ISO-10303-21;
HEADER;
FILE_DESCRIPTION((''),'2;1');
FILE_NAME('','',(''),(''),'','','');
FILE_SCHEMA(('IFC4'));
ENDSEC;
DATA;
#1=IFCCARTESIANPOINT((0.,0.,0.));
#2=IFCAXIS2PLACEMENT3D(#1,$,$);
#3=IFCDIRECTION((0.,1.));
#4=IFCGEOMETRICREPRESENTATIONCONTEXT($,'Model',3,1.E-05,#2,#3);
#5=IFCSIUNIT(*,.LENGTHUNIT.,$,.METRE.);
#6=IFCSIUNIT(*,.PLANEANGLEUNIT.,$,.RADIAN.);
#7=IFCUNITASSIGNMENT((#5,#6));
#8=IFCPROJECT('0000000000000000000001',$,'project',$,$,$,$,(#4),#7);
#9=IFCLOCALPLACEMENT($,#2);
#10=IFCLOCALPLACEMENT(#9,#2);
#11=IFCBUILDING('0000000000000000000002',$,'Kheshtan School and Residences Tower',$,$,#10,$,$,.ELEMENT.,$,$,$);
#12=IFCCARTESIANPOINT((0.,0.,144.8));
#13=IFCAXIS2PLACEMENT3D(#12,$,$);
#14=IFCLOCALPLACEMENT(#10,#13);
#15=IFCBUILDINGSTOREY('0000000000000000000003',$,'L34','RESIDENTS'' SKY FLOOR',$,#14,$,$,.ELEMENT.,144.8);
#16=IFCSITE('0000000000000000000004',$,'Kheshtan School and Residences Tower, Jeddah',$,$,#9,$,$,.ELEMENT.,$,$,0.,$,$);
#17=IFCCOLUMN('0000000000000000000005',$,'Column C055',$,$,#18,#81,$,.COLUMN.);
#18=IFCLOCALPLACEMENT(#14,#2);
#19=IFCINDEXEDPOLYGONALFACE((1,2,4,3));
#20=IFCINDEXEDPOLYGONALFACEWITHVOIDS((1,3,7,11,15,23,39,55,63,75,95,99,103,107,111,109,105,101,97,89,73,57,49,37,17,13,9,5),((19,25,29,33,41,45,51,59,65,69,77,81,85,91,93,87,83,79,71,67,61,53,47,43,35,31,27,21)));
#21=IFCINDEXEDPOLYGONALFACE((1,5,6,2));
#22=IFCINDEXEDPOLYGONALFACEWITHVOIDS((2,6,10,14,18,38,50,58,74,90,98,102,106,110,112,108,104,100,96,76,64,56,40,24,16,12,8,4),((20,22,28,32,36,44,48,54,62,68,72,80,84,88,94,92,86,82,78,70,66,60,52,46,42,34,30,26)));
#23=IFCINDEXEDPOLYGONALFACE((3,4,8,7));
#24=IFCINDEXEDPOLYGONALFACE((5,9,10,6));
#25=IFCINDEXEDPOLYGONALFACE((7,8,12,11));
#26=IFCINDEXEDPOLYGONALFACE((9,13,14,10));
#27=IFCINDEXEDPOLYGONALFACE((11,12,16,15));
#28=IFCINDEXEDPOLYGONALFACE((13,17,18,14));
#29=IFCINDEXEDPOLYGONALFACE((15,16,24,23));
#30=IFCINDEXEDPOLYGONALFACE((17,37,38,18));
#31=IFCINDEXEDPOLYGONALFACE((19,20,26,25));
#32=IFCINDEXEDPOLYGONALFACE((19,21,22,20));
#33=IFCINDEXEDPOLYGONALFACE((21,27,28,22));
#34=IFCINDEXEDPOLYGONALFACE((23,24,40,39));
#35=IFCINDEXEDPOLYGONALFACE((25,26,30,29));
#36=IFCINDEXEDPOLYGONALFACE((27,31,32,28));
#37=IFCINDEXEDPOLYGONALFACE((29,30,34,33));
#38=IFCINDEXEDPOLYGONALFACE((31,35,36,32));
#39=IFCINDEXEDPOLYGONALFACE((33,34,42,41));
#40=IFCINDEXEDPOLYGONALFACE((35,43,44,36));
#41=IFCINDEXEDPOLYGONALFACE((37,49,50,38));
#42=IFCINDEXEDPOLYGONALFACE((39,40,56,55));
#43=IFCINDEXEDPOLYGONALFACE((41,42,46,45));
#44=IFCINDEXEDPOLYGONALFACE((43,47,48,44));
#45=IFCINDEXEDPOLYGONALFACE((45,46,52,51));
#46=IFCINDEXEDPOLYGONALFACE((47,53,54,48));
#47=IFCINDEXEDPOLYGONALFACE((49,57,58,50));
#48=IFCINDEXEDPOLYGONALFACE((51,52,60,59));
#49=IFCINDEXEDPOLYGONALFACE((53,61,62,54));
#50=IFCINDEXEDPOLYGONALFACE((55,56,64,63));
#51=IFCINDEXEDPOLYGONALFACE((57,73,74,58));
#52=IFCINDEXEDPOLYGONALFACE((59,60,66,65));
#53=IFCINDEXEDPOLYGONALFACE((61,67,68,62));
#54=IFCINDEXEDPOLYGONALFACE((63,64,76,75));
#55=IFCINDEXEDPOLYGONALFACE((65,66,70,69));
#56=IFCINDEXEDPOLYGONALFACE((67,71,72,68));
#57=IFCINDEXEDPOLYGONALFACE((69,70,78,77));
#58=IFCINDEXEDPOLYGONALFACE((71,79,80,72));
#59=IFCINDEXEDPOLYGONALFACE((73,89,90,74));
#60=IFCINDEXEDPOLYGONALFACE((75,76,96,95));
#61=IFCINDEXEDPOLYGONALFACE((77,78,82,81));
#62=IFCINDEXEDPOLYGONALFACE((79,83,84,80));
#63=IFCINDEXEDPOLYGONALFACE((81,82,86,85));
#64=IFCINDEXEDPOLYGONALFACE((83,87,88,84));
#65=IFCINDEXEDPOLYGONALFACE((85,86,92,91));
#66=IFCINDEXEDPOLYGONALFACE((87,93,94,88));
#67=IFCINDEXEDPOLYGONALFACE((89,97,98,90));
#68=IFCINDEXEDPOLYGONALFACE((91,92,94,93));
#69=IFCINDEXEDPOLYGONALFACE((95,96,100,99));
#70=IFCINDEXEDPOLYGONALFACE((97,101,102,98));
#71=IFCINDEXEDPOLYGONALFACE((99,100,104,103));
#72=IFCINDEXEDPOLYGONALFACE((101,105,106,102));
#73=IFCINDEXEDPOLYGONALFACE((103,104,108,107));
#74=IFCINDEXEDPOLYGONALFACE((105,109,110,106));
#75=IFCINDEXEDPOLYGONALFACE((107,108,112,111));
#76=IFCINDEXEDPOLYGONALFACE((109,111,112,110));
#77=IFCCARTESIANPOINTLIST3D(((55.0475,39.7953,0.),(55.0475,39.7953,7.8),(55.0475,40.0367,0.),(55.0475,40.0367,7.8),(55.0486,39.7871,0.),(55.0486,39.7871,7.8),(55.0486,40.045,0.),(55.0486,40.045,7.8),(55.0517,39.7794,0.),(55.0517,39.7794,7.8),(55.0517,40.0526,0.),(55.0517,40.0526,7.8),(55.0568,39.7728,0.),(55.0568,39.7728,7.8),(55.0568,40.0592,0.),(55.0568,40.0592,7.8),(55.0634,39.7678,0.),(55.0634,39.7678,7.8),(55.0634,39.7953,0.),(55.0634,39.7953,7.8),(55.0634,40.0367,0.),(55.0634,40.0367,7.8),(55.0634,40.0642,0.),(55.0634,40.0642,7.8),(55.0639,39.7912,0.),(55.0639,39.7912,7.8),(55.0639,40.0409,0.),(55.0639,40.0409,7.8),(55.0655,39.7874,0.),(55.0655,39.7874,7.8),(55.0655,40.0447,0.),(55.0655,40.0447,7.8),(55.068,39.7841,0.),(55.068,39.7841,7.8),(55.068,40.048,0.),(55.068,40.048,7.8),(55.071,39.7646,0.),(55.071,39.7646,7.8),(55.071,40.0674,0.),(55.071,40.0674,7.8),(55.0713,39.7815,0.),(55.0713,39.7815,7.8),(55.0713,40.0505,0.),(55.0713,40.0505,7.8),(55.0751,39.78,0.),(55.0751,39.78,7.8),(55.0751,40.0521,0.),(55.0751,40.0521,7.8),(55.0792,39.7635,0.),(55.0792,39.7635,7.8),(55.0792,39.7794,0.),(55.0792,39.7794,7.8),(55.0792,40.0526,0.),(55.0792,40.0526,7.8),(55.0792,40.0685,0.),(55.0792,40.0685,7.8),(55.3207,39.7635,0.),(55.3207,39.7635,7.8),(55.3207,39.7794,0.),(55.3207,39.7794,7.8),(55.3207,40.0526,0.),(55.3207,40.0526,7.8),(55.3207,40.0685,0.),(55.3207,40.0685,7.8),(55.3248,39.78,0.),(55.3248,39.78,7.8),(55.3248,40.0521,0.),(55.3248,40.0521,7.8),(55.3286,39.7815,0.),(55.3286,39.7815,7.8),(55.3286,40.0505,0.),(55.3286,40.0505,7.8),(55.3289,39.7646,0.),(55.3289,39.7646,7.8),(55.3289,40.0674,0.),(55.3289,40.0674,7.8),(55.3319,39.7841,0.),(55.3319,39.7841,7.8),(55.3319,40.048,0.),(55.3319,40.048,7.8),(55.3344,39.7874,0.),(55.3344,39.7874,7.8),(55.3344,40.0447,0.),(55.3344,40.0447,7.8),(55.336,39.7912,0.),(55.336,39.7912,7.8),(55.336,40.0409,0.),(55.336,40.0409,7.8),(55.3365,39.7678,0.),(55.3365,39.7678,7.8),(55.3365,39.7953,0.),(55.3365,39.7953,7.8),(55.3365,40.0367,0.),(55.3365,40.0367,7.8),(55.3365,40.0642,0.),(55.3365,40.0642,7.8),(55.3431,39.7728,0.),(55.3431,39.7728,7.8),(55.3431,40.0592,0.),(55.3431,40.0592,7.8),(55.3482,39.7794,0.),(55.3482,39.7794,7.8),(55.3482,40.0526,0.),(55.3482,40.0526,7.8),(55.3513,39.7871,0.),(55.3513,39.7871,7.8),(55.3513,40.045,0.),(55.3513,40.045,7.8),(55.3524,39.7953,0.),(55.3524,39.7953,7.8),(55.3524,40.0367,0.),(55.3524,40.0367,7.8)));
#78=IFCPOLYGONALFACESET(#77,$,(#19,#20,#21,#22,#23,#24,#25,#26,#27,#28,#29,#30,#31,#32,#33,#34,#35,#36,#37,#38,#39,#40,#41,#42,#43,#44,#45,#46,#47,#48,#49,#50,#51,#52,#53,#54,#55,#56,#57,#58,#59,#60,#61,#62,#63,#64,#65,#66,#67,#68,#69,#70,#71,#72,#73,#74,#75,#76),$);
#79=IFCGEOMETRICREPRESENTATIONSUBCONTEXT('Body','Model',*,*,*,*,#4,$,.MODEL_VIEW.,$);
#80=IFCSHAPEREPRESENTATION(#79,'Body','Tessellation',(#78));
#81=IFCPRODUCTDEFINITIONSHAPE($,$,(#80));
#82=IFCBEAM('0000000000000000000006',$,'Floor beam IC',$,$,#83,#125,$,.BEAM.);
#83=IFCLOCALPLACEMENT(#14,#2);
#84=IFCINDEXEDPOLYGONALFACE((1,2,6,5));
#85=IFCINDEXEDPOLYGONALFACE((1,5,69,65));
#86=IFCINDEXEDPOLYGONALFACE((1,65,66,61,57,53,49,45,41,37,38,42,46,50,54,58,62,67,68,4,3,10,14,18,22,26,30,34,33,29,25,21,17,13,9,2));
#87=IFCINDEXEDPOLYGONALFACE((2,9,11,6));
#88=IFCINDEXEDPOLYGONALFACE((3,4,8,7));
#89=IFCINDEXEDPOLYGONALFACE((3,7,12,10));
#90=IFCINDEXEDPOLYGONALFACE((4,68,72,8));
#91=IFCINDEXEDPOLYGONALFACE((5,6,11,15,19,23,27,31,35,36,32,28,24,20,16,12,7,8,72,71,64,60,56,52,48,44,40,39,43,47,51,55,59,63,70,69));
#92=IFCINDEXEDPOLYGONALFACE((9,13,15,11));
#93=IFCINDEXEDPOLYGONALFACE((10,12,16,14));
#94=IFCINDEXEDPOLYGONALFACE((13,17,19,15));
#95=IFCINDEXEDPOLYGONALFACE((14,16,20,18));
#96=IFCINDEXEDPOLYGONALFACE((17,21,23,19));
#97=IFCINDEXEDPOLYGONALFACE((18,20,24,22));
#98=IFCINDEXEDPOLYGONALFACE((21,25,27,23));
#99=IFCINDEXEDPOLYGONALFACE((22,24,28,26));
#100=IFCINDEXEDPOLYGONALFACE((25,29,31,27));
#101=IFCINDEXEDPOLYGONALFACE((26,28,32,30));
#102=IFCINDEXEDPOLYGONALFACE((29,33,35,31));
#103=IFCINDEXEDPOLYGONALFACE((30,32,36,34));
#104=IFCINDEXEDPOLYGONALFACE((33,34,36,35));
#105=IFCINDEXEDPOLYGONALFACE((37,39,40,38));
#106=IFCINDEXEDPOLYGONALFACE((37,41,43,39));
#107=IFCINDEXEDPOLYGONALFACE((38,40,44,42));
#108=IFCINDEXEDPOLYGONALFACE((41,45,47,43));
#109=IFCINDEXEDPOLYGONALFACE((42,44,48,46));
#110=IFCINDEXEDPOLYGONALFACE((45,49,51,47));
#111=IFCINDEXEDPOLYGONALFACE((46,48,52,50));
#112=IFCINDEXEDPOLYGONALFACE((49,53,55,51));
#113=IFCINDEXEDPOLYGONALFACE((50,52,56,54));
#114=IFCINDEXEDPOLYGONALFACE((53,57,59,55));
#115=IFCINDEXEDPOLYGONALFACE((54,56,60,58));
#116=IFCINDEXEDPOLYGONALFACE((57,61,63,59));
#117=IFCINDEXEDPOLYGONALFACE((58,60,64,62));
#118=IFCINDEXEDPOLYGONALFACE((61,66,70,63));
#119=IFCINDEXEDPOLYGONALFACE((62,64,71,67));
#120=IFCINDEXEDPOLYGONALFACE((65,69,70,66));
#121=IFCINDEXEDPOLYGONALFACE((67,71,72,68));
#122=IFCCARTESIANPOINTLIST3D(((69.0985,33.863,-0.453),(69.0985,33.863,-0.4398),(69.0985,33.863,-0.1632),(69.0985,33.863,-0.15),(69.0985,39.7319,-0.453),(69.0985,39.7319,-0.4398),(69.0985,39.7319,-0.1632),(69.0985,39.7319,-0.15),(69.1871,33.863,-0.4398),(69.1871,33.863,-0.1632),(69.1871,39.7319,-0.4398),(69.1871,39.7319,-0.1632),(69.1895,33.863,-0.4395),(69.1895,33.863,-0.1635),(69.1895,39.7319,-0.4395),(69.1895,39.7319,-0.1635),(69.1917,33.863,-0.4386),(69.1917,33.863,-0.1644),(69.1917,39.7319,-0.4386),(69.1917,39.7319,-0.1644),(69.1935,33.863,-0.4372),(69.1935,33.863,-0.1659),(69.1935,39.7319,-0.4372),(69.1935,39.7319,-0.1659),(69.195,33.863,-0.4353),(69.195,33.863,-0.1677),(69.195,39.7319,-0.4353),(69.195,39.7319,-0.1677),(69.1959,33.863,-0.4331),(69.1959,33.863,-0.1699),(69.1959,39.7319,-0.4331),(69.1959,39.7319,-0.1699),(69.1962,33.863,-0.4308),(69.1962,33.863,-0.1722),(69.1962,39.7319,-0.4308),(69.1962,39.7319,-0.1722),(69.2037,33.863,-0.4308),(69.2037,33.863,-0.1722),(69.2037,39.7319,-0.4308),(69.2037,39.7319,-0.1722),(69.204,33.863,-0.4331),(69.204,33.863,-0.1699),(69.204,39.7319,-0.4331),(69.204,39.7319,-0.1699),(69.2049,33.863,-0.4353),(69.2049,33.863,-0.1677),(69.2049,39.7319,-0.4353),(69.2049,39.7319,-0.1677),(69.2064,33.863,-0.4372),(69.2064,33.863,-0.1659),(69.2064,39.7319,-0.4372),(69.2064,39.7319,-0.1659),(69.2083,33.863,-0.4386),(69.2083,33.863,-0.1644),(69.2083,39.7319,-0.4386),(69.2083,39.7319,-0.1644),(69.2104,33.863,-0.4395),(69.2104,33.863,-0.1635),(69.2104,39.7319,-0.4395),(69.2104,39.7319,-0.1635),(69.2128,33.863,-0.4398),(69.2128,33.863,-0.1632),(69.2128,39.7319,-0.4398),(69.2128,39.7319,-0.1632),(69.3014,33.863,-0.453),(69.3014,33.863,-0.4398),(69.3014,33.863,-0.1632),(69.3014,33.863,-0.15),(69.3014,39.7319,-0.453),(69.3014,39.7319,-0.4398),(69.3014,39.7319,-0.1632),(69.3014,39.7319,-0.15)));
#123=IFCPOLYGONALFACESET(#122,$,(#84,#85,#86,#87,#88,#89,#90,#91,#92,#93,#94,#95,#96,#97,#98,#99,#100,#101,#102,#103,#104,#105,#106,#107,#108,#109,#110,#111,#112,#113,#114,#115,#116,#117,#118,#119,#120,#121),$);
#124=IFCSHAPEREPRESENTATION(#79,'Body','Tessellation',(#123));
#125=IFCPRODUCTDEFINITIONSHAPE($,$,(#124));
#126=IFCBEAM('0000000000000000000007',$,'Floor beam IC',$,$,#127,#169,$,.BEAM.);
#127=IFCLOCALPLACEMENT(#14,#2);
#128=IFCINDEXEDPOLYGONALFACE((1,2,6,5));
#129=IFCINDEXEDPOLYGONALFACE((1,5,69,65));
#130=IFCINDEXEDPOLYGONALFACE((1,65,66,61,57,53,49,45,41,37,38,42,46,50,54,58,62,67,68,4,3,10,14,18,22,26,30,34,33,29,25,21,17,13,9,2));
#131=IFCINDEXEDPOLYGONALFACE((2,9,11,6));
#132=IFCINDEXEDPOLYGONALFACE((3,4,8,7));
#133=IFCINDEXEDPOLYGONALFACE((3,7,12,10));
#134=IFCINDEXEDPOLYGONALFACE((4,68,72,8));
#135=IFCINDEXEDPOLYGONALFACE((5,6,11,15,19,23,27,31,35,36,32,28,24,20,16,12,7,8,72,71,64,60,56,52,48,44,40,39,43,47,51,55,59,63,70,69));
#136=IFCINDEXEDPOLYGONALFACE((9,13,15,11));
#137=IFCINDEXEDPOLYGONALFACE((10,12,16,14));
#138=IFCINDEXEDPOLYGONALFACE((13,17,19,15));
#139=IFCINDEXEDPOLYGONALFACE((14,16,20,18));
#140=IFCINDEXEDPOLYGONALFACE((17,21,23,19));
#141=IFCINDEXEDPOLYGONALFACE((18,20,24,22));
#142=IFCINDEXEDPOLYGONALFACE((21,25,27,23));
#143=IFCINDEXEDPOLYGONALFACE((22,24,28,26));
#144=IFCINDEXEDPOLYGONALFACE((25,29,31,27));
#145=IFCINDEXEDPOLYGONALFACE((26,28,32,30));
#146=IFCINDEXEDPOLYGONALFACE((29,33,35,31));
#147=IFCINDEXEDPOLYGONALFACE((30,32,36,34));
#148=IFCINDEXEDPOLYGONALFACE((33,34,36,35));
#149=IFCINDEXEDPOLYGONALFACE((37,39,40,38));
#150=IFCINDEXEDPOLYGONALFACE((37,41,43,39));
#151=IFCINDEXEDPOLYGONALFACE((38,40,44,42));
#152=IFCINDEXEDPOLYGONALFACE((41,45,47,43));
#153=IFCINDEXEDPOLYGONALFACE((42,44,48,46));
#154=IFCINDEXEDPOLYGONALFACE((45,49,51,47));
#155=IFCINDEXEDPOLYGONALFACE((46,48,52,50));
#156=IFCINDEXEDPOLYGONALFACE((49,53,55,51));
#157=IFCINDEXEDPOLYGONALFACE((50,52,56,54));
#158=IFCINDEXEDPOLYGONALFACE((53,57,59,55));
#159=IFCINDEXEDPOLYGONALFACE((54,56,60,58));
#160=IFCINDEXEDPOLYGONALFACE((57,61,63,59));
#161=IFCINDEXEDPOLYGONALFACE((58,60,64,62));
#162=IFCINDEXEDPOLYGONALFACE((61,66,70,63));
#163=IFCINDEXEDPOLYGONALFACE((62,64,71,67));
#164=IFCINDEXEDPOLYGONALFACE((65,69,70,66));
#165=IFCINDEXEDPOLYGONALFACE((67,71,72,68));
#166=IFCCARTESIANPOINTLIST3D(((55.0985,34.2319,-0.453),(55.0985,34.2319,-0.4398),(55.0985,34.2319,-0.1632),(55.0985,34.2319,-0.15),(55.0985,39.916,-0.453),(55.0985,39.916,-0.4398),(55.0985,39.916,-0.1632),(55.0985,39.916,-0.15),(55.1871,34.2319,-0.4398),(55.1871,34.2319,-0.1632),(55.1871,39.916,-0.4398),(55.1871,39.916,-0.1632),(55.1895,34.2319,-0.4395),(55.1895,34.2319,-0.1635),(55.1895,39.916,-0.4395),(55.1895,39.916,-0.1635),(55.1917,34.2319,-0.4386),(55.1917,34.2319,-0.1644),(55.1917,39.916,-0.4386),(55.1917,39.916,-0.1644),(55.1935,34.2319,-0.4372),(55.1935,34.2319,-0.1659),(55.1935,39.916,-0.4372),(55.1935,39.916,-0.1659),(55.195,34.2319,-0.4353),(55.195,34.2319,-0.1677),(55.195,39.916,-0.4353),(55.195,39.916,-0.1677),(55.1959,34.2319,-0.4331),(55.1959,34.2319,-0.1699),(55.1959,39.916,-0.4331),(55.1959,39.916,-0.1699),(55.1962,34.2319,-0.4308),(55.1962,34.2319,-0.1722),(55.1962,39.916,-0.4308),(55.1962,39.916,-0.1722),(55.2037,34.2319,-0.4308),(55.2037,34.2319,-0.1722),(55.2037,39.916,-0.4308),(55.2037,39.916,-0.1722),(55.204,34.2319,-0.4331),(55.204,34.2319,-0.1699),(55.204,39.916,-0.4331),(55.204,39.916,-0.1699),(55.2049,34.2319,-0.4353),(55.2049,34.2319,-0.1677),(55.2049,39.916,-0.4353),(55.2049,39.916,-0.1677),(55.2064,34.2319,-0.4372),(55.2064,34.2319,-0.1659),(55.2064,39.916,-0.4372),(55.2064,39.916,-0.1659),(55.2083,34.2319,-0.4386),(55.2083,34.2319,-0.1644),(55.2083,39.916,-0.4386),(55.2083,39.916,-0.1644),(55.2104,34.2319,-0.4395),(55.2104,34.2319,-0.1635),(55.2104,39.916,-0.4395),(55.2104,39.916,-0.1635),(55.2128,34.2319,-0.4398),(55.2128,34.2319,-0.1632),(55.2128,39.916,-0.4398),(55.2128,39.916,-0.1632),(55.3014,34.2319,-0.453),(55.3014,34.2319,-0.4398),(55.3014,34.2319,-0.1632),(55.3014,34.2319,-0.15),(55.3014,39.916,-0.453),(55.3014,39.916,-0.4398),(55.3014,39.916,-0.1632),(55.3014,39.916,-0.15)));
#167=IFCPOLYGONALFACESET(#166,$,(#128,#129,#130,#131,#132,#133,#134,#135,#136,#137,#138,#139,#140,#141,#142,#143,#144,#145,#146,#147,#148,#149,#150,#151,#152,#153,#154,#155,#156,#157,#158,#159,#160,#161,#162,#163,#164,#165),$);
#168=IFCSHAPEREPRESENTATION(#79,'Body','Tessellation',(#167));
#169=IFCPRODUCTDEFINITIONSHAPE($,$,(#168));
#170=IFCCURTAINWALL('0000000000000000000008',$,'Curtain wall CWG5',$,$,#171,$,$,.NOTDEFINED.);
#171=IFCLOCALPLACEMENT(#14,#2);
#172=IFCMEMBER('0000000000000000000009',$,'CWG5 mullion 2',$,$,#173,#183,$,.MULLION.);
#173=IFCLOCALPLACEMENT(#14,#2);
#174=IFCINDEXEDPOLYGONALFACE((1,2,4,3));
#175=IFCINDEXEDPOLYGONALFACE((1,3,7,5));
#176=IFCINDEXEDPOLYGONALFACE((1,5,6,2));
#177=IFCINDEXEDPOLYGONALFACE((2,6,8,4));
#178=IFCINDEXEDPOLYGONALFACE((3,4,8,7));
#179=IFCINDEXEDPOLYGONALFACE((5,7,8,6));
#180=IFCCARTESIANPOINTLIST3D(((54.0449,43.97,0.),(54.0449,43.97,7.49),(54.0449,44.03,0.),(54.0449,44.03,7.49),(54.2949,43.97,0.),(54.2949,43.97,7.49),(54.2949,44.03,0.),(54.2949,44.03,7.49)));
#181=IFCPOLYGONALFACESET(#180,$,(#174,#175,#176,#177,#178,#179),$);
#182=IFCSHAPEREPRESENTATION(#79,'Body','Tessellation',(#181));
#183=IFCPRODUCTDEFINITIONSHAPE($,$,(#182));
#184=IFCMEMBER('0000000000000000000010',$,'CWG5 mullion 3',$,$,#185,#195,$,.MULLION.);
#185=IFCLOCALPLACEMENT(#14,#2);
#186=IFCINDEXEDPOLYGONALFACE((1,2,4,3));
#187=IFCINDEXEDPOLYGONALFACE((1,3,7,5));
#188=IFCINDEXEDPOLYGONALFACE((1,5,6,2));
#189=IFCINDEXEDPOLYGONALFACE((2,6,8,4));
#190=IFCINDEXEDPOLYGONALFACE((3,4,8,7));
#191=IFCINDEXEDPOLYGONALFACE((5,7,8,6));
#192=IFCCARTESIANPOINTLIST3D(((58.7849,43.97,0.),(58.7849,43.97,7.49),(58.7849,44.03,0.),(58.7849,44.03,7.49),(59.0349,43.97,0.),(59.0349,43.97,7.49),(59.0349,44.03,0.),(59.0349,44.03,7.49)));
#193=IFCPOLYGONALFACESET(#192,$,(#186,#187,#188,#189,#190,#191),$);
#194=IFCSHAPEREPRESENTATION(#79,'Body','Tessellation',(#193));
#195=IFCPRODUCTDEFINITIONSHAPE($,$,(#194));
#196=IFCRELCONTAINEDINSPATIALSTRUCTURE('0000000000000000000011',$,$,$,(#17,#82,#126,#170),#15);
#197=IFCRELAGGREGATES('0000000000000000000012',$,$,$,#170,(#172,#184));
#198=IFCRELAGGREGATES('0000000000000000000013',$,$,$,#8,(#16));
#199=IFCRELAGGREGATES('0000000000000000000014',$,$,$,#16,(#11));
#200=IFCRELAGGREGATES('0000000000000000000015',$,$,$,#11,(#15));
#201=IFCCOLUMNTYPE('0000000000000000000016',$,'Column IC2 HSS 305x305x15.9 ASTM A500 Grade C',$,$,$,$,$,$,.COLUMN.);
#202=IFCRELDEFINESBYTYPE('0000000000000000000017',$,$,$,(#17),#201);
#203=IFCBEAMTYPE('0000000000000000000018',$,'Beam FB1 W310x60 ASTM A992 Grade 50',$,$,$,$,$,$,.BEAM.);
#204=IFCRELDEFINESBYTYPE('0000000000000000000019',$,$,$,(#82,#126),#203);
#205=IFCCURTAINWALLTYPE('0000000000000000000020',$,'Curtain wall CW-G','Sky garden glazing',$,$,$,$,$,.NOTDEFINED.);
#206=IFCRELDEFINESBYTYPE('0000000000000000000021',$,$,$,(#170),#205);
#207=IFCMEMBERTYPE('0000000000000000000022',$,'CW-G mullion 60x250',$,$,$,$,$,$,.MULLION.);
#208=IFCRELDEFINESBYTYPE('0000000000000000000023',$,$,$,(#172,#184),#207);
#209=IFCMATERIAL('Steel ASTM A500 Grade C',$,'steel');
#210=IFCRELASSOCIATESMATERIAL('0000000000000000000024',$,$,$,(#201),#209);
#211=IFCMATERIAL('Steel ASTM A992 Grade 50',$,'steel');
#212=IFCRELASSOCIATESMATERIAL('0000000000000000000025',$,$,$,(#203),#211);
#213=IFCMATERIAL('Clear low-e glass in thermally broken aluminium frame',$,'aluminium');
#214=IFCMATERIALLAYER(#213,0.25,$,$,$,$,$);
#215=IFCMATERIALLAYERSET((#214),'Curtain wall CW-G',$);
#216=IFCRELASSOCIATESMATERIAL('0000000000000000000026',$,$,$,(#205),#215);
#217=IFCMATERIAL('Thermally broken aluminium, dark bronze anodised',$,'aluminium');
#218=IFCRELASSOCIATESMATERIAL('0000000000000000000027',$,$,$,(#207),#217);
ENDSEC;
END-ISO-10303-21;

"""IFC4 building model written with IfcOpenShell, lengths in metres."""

from ifc_helpers import new_model, si_unit, direction, frame, origin, origin_2d, place, context, subcontext, project, spatial, rectangle, hollow_rectangle, i_section, extrude, material, layer, layer_set, material_profile, profile_set, type_object, element, aggregate, save


model = new_model("IFC4")

# Units and contexts
model_context = context("Model", 3, precision=1e-05, world=origin(), true_north=direction((0.0, 1.0)))
body_context = subcontext(model_context, "Body", "Model", "MODEL_VIEW")
ifc_project = project(units=[si_unit("LENGTHUNIT", "METRE"), si_unit("PLANEANGLEUNIT", "RADIAN")], contexts=[model_context])

# Site, building, storey
site_placement = place(None, origin())
site = spatial("IfcSite", under=ifc_project, at=site_placement, Name="Kheshtan School and Residences Tower, Jeddah", CompositionType="ELEMENT", RefElevation=0.0)
building_placement = place(site_placement, origin())
building = spatial("IfcBuilding", under=site, at=building_placement, Name="Kheshtan School and Residences Tower", CompositionType="ELEMENT")
storey_placement = place(building_placement, frame((0.0, 0.0, 144.8)))
storey = spatial("IfcBuildingStorey", under=building, at=storey_placement, Name="L34", Description="RESIDENTS' SKY FLOOR", CompositionType="ELEMENT", Elevation=144.8)

# Column
ifc_material_1 = material(Name="Steel ASTM A500 Grade C", Category="steel")
ifc_material_profile_1 = material_profile(ifc_material_1, hollow_rectangle(XDim=0.3049, YDim=0.3049, WallThickness=0.0159, InnerFilletRadius=0.0159, OuterFilletRadius=0.0317, at=origin_2d()), Name="HSS 305x305x15.9")
ifc_profile_set_1 = profile_set([ifc_material_profile_1], Name="Steel ASTM A500 Grade C")
column_type = type_object("IfcColumnType", Name="Column IC2 HSS 305x305x15.9 ASTM A500 Grade C", PredefinedType="COLUMN", material=ifc_profile_set_1)
for number, where, z_axis, x_axis, name in (
    (1, (55.2, 39.916, 0.0), (0.0, 0.0, 1.0), (1.0, 0.0, 0.0), "Column C055"),
):
    element("IfcColumn", number, at=place(storey_placement, frame(where, z_axis=z_axis, x_axis=x_axis)), inside=storey, type_object=column_type, Name=name, PredefinedType="COLUMN", context=body_context, shape_type="SweptSolid", body=[
        extrude(hollow_rectangle(XDim=0.3049, YDim=0.3049, WallThickness=0.0159, InnerFilletRadius=0.0159, OuterFilletRadius=0.0317, at=origin_2d()), origin(), (0.0, 0.0, 1.0), 7.8),
    ])

# Beams
ifc_material_2 = material(Name="Steel ASTM A992 Grade 50", Category="steel")
ifc_material_profile_2 = material_profile(ifc_material_2, i_section(OverallWidth=0.2029, OverallDepth=0.303, WebThickness=0.0076, FlangeThickness=0.0132, FilletRadius=0.009, at=origin_2d()), Name="W310x60")
ifc_profile_set_2 = profile_set([ifc_material_profile_2], Name="Steel ASTM A992 Grade 50")
beam_type = type_object("IfcBeamType", Name="Beam FB1 W310x60 ASTM A992 Grade 50", PredefinedType="BEAM", material=ifc_profile_set_2)
beam_1_placement = place(storey_placement, frame((69.2, 33.863, -0.3015), z_axis=(0.0, 1.0, 0.0), x_axis=(-1.0, 0.0, 0.0)))
element("IfcBeam", 2, at=beam_1_placement, inside=storey, type_object=beam_type, Name="Floor beam IC", PredefinedType="BEAM", context=body_context, shape_type="SweptSolid", body=[
    extrude(i_section(OverallWidth=0.2029, OverallDepth=0.303, WebThickness=0.0076, FlangeThickness=0.0132, FilletRadius=0.009, at=origin_2d()), origin(), (0.0, 0.0, 1.0), 5.8689),
])
beam_2_placement = place(storey_placement, frame((55.2, 34.2319, -0.3015), z_axis=(0.0, 1.0, 0.0), x_axis=(-1.0, 0.0, 0.0)))
element("IfcBeam", 3, at=beam_2_placement, inside=storey, type_object=beam_type, Name="Floor beam IC", PredefinedType="BEAM", context=body_context, shape_type="SweptSolid", body=[
    extrude(i_section(OverallWidth=0.2029, OverallDepth=0.303, WebThickness=0.0076, FlangeThickness=0.0132, FilletRadius=0.009, at=origin_2d()), origin(), (0.0, 0.0, 1.0), 5.6841),
])

# Curtain wall, members
ifc_material_3 = material(Name="Clear low-e glass in thermally broken aluminium frame", Category="aluminium")
ifc_layer_1 = layer(ifc_material_3, 0.25)
ifc_layer_set_1 = layer_set([ifc_layer_1], Name="Curtain wall CW-G")
curtain_wall_type_1 = type_object("IfcCurtainWallType", Name="Curtain wall CW-G", Description="Sky garden glazing", PredefinedType="NOTDEFINED", material=ifc_layer_set_1)
curtain_wall_1_placement = place(storey_placement, origin())
curtain_wall_1 = element("IfcCurtainWall", 4, at=curtain_wall_1_placement, inside=storey, type_object=curtain_wall_type_1, Name="Curtain wall CWG5", PredefinedType="NOTDEFINED")
ifc_material_4 = material(Name="Thermally broken aluminium, dark bronze anodised", Category="aluminium")
ifc_material_profile_3 = material_profile(ifc_material_4, rectangle(XDim=0.0601, YDim=0.25, at=origin_2d()), Name="CW-G mullion 60x250")
ifc_profile_set_3 = profile_set([ifc_material_profile_3], Name="Thermally broken aluminium, dark bronze anodised")
member_type_1 = type_object("IfcMemberType", Name="CW-G mullion 60x250", PredefinedType="MULLION", material=ifc_profile_set_3)
member_1_placement = place(storey_placement, frame((54.1699, 44.0, 0.0), z_axis=(0.0, 0.0, 1.0), x_axis=(0.0, 1.0, 0.0)))
member_1 = element("IfcMember", 5, at=member_1_placement, type_object=member_type_1, Name="CWG5 mullion 2", PredefinedType="MULLION", context=body_context, shape_type="SweptSolid", body=[
    extrude(rectangle(XDim=0.0601, YDim=0.25, at=origin_2d()), origin(), (0.0, 0.0, 1.0), 7.49),
])
member_2_placement = place(storey_placement, frame((58.9099, 44.0, 0.0), z_axis=(0.0, 0.0, 1.0), x_axis=(0.0, 1.0, 0.0)))
member_2 = element("IfcMember", 6, at=member_2_placement, type_object=member_type_1, Name="CWG5 mullion 3", PredefinedType="MULLION", context=body_context, shape_type="SweptSolid", body=[
    extrude(rectangle(XDim=0.0601, YDim=0.25, at=origin_2d()), origin(), (0.0, 0.0, 1.0), 7.49),
])

aggregate(curtain_wall_1, [member_1, member_2])

save(model, "model.ifc")
